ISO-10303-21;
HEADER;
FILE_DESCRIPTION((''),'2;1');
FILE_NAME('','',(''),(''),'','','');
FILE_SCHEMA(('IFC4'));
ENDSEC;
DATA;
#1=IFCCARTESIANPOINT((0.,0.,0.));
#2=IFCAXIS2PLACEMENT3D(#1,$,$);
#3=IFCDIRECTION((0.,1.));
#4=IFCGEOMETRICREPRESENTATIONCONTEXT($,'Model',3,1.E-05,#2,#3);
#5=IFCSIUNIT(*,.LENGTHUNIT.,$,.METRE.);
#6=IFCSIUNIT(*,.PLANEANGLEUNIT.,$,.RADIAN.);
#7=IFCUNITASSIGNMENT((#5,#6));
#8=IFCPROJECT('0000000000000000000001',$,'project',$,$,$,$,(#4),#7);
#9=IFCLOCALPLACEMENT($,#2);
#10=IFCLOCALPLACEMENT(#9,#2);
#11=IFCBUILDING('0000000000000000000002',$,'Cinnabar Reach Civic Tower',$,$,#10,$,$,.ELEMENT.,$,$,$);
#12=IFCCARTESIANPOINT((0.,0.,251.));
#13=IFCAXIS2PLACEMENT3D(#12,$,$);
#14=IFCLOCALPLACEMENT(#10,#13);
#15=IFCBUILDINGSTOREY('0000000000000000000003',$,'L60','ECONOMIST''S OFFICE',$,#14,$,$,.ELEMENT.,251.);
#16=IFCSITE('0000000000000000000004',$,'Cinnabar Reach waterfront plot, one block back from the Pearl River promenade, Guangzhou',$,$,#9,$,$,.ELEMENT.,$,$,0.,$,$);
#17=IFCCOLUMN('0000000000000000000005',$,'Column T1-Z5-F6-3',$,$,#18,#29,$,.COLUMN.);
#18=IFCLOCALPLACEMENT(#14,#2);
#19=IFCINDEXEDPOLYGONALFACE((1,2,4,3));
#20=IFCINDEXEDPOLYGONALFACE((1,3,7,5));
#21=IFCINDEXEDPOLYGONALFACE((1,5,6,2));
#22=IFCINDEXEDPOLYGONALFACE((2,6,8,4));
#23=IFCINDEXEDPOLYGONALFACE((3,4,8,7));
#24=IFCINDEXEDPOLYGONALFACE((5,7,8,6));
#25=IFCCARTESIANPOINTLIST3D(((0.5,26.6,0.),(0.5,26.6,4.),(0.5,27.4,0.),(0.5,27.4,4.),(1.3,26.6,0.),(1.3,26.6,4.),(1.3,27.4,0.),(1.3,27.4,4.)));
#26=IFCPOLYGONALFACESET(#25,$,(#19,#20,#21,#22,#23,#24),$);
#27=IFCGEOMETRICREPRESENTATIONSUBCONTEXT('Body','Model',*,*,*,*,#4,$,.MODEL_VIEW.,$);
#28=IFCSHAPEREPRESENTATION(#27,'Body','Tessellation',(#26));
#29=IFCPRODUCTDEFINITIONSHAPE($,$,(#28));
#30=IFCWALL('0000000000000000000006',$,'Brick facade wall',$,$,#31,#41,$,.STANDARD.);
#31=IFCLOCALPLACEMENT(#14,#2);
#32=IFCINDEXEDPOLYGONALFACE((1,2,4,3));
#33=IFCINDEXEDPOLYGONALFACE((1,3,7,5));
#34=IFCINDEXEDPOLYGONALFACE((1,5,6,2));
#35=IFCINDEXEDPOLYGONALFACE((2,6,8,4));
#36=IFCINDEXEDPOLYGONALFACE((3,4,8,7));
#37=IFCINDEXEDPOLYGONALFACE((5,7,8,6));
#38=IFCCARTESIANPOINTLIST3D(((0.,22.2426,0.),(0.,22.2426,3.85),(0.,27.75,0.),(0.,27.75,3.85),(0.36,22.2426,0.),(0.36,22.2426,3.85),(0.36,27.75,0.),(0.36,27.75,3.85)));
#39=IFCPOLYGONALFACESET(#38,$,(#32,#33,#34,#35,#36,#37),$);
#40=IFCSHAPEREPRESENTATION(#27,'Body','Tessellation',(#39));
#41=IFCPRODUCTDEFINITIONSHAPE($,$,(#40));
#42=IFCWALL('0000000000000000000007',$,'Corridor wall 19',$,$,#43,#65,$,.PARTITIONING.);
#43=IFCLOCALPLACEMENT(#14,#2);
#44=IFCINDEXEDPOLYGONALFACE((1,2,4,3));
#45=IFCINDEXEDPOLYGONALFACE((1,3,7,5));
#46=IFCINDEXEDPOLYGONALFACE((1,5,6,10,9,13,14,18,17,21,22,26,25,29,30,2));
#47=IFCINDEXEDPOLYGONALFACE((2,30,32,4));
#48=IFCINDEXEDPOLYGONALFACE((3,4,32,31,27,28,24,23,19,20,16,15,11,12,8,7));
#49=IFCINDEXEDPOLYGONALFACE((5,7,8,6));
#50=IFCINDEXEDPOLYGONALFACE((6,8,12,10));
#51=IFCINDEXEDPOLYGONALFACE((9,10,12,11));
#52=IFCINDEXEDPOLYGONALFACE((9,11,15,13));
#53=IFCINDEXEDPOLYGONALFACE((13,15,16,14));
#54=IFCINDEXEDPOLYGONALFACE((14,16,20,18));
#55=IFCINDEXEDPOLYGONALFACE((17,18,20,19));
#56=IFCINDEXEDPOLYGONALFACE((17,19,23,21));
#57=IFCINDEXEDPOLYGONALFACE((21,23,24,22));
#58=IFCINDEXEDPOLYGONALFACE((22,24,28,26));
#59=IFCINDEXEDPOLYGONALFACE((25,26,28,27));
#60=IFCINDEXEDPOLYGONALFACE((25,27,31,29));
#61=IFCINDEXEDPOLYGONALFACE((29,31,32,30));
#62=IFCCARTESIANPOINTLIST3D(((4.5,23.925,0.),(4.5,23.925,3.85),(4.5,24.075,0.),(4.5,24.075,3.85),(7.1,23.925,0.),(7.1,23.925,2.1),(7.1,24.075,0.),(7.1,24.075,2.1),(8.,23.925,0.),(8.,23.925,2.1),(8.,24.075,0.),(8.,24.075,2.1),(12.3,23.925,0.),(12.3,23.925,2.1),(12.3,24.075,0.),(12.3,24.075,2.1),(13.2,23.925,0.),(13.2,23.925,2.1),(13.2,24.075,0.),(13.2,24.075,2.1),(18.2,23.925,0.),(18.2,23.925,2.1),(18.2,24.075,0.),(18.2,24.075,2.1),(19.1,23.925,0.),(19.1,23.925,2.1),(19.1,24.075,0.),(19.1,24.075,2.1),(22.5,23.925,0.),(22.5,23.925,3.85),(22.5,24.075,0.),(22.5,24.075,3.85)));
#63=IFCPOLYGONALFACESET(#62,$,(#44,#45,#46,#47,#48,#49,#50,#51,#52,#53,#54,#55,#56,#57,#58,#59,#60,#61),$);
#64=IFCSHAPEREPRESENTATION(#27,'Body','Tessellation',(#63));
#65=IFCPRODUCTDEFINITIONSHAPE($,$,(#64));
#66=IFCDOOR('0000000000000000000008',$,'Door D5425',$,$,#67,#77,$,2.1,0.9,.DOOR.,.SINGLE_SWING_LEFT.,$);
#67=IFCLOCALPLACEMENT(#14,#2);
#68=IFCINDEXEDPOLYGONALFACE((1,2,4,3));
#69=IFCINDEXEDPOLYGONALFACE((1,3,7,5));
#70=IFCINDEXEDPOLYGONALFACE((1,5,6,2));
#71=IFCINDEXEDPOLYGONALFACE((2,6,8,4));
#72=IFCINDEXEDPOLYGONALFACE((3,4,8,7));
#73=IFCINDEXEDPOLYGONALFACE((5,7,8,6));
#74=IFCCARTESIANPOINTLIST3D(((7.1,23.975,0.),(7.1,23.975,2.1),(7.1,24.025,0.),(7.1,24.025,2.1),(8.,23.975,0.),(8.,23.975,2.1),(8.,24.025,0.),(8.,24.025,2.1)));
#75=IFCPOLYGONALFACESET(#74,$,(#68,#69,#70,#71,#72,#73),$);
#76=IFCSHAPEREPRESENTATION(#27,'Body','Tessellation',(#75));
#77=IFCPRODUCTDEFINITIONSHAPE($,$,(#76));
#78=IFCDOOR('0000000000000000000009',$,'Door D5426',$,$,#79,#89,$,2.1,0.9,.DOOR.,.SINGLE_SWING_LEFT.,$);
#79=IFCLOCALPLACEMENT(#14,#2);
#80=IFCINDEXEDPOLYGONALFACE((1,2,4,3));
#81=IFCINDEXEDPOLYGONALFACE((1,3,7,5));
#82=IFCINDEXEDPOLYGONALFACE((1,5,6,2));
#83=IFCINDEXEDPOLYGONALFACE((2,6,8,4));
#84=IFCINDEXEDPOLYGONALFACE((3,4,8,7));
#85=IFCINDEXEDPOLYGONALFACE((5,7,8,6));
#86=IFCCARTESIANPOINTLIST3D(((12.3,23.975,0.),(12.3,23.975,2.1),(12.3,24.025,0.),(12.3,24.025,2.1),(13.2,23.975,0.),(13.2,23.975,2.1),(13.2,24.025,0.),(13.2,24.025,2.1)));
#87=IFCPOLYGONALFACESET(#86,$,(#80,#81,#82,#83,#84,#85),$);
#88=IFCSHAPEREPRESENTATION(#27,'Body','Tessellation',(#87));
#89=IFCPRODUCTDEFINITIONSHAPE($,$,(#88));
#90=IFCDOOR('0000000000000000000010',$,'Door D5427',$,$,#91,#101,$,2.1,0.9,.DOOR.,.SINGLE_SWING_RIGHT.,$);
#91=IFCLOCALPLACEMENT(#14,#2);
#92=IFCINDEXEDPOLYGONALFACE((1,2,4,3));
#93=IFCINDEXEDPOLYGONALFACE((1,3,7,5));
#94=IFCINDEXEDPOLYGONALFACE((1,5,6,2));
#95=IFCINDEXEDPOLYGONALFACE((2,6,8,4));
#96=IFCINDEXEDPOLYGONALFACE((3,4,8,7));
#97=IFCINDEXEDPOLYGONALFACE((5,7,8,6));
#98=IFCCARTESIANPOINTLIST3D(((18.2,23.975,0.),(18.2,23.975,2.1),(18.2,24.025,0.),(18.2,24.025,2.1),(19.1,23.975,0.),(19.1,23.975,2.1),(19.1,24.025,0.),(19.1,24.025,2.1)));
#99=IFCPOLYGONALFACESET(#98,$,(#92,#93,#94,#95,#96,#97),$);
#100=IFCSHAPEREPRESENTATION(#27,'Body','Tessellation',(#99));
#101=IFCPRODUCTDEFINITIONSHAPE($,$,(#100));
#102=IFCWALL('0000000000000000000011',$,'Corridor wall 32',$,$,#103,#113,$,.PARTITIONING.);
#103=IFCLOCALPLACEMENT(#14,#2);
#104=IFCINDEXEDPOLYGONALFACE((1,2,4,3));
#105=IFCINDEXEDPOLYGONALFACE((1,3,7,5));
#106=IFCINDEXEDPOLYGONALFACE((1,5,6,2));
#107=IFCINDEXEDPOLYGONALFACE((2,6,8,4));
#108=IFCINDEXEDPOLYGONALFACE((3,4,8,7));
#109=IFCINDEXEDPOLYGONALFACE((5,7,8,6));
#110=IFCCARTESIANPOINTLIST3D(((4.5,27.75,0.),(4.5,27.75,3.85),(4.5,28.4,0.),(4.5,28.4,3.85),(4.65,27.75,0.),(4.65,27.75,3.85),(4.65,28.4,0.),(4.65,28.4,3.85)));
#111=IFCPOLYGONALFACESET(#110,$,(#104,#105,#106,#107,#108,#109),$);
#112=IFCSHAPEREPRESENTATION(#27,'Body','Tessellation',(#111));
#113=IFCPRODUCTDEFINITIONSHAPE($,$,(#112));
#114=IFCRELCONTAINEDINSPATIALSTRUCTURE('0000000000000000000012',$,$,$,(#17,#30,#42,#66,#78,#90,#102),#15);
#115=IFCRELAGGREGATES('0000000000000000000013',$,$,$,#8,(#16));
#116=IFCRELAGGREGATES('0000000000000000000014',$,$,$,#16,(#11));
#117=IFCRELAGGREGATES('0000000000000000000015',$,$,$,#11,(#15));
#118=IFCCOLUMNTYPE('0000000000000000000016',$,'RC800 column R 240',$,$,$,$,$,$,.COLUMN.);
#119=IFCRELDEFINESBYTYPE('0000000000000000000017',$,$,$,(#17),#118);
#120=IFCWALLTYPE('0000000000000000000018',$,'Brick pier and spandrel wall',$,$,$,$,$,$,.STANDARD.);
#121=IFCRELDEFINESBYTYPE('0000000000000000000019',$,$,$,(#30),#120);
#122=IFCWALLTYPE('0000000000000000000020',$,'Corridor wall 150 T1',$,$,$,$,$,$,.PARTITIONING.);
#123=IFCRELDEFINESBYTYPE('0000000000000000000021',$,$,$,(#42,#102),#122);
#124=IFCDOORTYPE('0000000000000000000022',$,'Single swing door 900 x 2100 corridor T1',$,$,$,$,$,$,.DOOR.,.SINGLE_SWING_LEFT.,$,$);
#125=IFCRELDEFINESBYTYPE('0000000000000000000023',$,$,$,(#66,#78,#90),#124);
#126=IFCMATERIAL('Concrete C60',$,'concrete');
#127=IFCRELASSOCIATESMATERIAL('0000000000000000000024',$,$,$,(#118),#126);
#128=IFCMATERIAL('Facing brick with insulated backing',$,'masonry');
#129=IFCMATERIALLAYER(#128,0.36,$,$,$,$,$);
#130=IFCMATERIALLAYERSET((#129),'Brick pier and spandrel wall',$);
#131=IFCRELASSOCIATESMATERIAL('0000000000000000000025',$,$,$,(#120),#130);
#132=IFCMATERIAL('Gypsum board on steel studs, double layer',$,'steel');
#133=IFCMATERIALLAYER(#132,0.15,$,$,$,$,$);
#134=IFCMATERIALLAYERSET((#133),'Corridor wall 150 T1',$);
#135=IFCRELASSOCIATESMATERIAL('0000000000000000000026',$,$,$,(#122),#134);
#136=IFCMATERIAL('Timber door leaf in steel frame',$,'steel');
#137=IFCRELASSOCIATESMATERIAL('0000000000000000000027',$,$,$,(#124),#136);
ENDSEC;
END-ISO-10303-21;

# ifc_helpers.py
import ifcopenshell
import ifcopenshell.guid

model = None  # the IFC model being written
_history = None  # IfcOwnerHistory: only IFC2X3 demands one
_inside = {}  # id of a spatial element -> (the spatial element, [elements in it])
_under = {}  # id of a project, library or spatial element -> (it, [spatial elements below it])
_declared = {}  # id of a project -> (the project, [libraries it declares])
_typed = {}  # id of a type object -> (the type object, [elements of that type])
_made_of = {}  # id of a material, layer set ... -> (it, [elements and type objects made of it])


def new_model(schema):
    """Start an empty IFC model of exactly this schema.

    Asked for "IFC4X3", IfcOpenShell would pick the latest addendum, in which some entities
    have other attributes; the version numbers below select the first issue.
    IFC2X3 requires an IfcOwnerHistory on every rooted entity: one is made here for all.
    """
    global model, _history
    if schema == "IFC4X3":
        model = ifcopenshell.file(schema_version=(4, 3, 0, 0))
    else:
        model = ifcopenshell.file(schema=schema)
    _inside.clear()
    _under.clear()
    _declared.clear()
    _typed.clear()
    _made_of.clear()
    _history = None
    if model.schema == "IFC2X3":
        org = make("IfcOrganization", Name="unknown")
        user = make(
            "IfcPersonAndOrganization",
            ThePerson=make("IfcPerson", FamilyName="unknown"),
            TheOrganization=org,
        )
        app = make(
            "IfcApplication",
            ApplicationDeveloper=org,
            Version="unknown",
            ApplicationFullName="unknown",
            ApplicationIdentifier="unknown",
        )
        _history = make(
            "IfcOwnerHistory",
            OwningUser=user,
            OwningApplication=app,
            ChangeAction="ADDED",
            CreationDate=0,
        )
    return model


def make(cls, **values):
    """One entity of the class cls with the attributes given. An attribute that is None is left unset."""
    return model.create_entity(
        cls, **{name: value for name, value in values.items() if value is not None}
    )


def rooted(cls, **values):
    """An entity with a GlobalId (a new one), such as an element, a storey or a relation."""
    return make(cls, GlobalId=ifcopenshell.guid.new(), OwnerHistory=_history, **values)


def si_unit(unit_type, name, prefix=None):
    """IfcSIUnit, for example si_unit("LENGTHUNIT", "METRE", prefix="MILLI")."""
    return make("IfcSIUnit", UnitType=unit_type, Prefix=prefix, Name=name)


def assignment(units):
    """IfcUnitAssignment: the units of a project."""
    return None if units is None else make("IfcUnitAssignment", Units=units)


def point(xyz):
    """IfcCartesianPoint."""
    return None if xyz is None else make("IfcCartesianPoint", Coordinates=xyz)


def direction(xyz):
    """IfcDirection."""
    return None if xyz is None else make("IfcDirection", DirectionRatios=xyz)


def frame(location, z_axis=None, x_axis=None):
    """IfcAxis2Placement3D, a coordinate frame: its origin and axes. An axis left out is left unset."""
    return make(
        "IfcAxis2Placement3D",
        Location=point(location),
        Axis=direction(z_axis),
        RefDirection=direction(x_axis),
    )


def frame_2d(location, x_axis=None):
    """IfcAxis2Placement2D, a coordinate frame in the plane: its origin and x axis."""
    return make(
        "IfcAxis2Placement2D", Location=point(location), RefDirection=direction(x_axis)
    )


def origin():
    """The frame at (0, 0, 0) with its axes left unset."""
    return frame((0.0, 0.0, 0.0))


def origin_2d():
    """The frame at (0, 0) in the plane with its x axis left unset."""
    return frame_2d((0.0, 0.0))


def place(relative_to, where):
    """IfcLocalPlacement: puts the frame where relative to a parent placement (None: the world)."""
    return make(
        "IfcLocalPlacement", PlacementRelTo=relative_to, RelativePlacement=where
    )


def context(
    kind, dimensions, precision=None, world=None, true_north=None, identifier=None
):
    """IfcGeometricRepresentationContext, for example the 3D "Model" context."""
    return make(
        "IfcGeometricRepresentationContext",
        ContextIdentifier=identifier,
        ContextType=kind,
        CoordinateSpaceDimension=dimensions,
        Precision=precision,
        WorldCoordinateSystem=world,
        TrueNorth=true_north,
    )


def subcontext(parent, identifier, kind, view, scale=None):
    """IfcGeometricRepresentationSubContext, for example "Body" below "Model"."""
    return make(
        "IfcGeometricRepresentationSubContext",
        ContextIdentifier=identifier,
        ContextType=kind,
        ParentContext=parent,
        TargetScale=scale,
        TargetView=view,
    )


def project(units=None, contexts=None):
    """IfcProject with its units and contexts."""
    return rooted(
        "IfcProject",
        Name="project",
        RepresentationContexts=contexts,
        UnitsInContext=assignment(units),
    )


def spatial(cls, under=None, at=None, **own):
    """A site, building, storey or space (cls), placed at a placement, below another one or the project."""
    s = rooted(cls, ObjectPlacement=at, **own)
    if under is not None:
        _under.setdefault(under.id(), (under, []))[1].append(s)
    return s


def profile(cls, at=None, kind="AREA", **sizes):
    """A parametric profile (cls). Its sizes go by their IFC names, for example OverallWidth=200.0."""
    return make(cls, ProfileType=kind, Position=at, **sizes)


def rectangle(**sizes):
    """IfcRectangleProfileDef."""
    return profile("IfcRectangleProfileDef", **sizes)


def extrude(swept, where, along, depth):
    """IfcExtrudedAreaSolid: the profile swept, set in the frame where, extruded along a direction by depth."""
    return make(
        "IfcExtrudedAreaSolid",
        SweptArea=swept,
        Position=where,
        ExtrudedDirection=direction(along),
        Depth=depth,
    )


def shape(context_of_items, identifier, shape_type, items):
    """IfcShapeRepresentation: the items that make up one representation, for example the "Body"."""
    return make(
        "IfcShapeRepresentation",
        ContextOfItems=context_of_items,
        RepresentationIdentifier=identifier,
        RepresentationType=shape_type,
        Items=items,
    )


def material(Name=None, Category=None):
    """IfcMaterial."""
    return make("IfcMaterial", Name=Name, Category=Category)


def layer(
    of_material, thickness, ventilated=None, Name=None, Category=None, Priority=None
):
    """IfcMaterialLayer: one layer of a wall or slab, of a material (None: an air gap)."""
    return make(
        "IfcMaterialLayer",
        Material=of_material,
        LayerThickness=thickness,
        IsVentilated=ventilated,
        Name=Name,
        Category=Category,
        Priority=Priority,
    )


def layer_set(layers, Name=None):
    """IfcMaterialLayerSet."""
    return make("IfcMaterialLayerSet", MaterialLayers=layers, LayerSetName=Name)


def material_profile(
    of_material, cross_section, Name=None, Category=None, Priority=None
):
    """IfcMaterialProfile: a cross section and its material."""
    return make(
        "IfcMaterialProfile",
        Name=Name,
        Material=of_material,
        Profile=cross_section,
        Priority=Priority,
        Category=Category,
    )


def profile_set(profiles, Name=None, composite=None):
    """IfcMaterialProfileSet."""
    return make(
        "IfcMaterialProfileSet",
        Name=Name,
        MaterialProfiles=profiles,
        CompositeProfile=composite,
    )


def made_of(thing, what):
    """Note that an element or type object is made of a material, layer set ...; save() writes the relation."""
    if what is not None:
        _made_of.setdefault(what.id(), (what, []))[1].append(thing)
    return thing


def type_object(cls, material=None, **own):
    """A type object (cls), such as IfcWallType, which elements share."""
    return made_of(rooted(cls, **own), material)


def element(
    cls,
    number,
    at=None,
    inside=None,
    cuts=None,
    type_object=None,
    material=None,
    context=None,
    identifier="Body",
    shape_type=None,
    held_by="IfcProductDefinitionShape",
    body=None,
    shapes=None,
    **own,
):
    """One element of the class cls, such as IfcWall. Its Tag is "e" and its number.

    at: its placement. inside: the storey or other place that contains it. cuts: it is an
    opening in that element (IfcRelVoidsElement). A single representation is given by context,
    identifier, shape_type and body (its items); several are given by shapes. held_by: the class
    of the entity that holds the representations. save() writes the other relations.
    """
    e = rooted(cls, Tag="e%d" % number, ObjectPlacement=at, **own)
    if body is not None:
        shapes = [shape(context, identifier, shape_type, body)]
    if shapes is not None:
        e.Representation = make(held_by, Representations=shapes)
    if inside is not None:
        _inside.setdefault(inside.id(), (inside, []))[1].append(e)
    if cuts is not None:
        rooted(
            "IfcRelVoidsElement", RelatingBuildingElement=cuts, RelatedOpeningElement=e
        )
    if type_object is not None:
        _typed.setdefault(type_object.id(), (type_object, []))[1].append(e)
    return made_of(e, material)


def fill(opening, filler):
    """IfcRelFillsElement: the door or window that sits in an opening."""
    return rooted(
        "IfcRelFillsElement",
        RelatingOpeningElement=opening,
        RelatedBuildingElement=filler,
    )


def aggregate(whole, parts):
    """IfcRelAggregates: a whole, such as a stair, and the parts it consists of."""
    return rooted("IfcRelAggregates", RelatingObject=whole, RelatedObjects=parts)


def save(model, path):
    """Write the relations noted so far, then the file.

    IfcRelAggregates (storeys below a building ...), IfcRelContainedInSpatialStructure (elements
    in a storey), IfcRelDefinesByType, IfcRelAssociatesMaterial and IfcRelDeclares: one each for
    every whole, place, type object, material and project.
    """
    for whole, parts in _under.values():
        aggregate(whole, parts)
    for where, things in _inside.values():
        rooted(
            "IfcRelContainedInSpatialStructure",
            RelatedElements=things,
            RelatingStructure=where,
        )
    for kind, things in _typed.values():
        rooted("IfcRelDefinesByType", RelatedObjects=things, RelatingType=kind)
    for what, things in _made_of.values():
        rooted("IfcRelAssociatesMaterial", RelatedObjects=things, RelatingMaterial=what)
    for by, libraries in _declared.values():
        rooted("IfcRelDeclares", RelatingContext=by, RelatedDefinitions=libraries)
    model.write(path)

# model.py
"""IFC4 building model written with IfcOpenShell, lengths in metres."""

from ifc_helpers import new_model, si_unit, direction, frame, frame_2d, origin, origin_2d, place, context, subcontext, project, spatial, rectangle, extrude, material, layer, layer_set, material_profile, profile_set, type_object, element, fill, save


model = new_model("IFC4")

# Units and contexts
model_context = context("Model", 3, precision=1e-05, world=origin(), true_north=direction((0.0, 1.0)))
body_context = subcontext(model_context, "Body", "Model", "MODEL_VIEW")
ifc_project = project(units=[si_unit("LENGTHUNIT", "METRE"), si_unit("PLANEANGLEUNIT", "RADIAN")], contexts=[model_context])

# Site, building, storey
site_placement = place(None, origin())
site = spatial("IfcSite", under=ifc_project, at=site_placement, Name="Cinnabar Reach waterfront plot, one block back from the Pearl River promenade, Guangzhou", CompositionType="ELEMENT", RefElevation=0.0)
building_placement = place(site_placement, origin())
building = spatial("IfcBuilding", under=site, at=building_placement, Name="Cinnabar Reach Civic Tower", CompositionType="ELEMENT")
storey_placement = place(building_placement, frame((0.0, 0.0, 251.0)))
storey = spatial("IfcBuildingStorey", under=building, at=storey_placement, Name="L60", Description="ECONOMIST'S OFFICE", CompositionType="ELEMENT", Elevation=251.0)

# Column
ifc_material_1 = material(Name="Concrete C60", Category="concrete")
ifc_material_profile = material_profile(ifc_material_1, rectangle(XDim=0.8, YDim=0.8, at=origin_2d()), Name="RC800")
ifc_profile_set = profile_set([ifc_material_profile], Name="Concrete C60")
column_type = type_object("IfcColumnType", Name="RC800 column R 240", PredefinedType="COLUMN", material=ifc_profile_set)
column_placement = place(storey_placement, frame((0.9, 27.0, 0.0), z_axis=(0.0, 0.0, 1.0), x_axis=(1.0, 0.0, 0.0)))
element("IfcColumn", 1, at=column_placement, inside=storey, type_object=column_type, Name="Column T1-Z5-F6-3", PredefinedType="COLUMN", context=body_context, shape_type="SweptSolid", body=[
    extrude(rectangle(XDim=0.8, YDim=0.8, at=origin_2d()), origin(), (0.0, 0.0, 1.0), 4.0),
])

# Wall
ifc_material_2 = material(Name="Facing brick with insulated backing", Category="masonry")
ifc_layer_1 = layer(ifc_material_2, 0.36)
ifc_layer_set_1 = layer_set([ifc_layer_1], Name="Brick pier and spandrel wall")
wall_type_1 = type_object("IfcWallType", Name="Brick pier and spandrel wall", PredefinedType="STANDARD", material=ifc_layer_set_1)
wall_1_placement = place(storey_placement, frame((0.18, 27.75, 0.0), z_axis=(0.0, 0.0, 1.0), x_axis=(0.0, -1.0, 0.0)))
element("IfcWall", 2, at=wall_1_placement, inside=storey, type_object=wall_type_1, Name="Brick facade wall", PredefinedType="STANDARD", context=body_context, shape_type="SweptSolid", body=[
    extrude(rectangle(XDim=5.5074, YDim=0.36, at=frame_2d((2.7537, 0.0))), origin(), (0.0, 0.0, 1.0), 3.85),
])

# Wall, openings, doors
ifc_material_3 = material(Name="Gypsum board on steel studs, double layer", Category="steel")
ifc_layer_2 = layer(ifc_material_3, 0.15)
ifc_layer_set_2 = layer_set([ifc_layer_2], Name="Corridor wall 150 T1")
wall_type_2 = type_object("IfcWallType", Name="Corridor wall 150 T1", PredefinedType="PARTITIONING", material=ifc_layer_set_2)
wall_2_placement = place(storey_placement, frame((4.5, 24.0, 0.0), z_axis=(0.0, 0.0, 1.0), x_axis=(1.0, 0.0, 0.0)))
wall_2 = element("IfcWall", 3, at=wall_2_placement, inside=storey, type_object=wall_type_2, Name="Corridor wall 19", PredefinedType="PARTITIONING", context=body_context, shape_type="SweptSolid", body=[
    extrude(rectangle(XDim=18.0, YDim=0.15, at=frame_2d((9.0, 0.0))), origin(), (0.0, 0.0, 1.0), 3.85),
])
opening_1_placement = place(wall_2_placement, frame((2.6, 0.0, 0.0)))
opening_1 = element("IfcOpeningElement", 4, at=opening_1_placement, cuts=wall_2, PredefinedType="OPENING", context=body_context, shape_type="SweptSolid", body=[
    extrude(rectangle(XDim=0.9, YDim=2.1, at=frame_2d((0.45, 1.05))), frame((0.0, 0.085, 0.0), z_axis=(0.0, -1.0, 0.0), x_axis=(1.0, 0.0, 0.0)), (0.0, 0.0, 1.0), 0.17),
])
opening_2_placement = place(wall_2_placement, frame((7.8, 0.0, 0.0)))
opening_2 = element("IfcOpeningElement", 5, at=opening_2_placement, cuts=wall_2, PredefinedType="OPENING", context=body_context, shape_type="SweptSolid", body=[
    extrude(rectangle(XDim=0.9, YDim=2.1, at=frame_2d((0.45, 1.05))), frame((0.0, 0.085, 0.0), z_axis=(0.0, -1.0, 0.0), x_axis=(1.0, 0.0, 0.0)), (0.0, 0.0, 1.0), 0.17),
])
opening_3_placement = place(wall_2_placement, frame((13.7, 0.0, 0.0)))
opening_3 = element("IfcOpeningElement", 6, at=opening_3_placement, cuts=wall_2, PredefinedType="OPENING", context=body_context, shape_type="SweptSolid", body=[
    extrude(rectangle(XDim=0.9, YDim=2.1, at=frame_2d((0.45, 1.05))), frame((0.0, 0.085, 0.0), z_axis=(0.0, -1.0, 0.0), x_axis=(1.0, 0.0, 0.0)), (0.0, 0.0, 1.0), 0.17),
])
ifc_material_4 = material(Name="Timber door leaf in steel frame", Category="steel")
door_type_1 = type_object("IfcDoorType", Name="Single swing door 900 x 2100 corridor T1", OperationType="SINGLE_SWING_LEFT", PredefinedType="DOOR", material=ifc_material_4)
door_1_placement = place(opening_1_placement, frame((0.9, 0.0, 0.0), z_axis=(0.0, 0.0, 1.0), x_axis=(-1.0, 0.0, 0.0)))
door_1 = element("IfcDoor", 7, at=door_1_placement, inside=storey, type_object=door_type_1, Name="Door D5425", OperationType="SINGLE_SWING_LEFT", OverallHeight=2.1, OverallWidth=0.9, PredefinedType="DOOR", context=body_context, shape_type="SweptSolid", body=[
    extrude(rectangle(XDim=0.9, YDim=2.1, at=frame_2d((0.45, 1.05))), frame((0.0, 0.025, 0.0), z_axis=(0.0, -1.0, 0.0), x_axis=(1.0, 0.0, 0.0)), (0.0, 0.0, 1.0), 0.05),
])
fill(opening_1, door_1)
door_2_placement = place(opening_2_placement, frame((0.9, 0.0, 0.0), z_axis=(0.0, 0.0, 1.0), x_axis=(-1.0, 0.0, 0.0)))
door_2 = element("IfcDoor", 8, at=door_2_placement, inside=storey, type_object=door_type_1, Name="Door D5426", OperationType="SINGLE_SWING_LEFT", OverallHeight=2.1, OverallWidth=0.9, PredefinedType="DOOR", context=body_context, shape_type="SweptSolid", body=[
    extrude(rectangle(XDim=0.9, YDim=2.1, at=frame_2d((0.45, 1.05))), frame((0.0, 0.025, 0.0), z_axis=(0.0, -1.0, 0.0), x_axis=(1.0, 0.0, 0.0)), (0.0, 0.0, 1.0), 0.05),
])
fill(opening_2, door_2)
door_3_placement = place(opening_3_placement, frame((0.9, 0.0, 0.0), z_axis=(0.0, 0.0, 1.0), x_axis=(-1.0, 0.0, 0.0)))
door_3 = element("IfcDoor", 9, at=door_3_placement, inside=storey, type_object=door_type_1, Name="Door D5427", OperationType="SINGLE_SWING_RIGHT", OverallHeight=2.1, OverallWidth=0.9, PredefinedType="DOOR", context=body_context, shape_type="SweptSolid", body=[
    extrude(rectangle(XDim=0.9, YDim=2.1, at=frame_2d((0.45, 1.05))), frame((0.0, 0.025, 0.0), z_axis=(0.0, -1.0, 0.0), x_axis=(1.0, 0.0, 0.0)), (0.0, 0.0, 1.0), 0.05),
])
fill(opening_3, door_3)

# Wall
wall_3_placement = place(storey_placement, frame((4.575, 27.75, 0.0), z_axis=(0.0, 0.0, 1.0), x_axis=(0.0, 1.0, 0.0)))
element("IfcWall", 10, at=wall_3_placement, inside=storey, type_object=wall_type_2, Name="Corridor wall 32", PredefinedType="PARTITIONING", context=body_context, shape_type="SweptSolid", body=[
    extrude(rectangle(XDim=0.65, YDim=0.15, at=frame_2d((0.325, 0.0))), origin(), (0.0, 0.0, 1.0), 3.85),
])

save(model, "model.ifc")
